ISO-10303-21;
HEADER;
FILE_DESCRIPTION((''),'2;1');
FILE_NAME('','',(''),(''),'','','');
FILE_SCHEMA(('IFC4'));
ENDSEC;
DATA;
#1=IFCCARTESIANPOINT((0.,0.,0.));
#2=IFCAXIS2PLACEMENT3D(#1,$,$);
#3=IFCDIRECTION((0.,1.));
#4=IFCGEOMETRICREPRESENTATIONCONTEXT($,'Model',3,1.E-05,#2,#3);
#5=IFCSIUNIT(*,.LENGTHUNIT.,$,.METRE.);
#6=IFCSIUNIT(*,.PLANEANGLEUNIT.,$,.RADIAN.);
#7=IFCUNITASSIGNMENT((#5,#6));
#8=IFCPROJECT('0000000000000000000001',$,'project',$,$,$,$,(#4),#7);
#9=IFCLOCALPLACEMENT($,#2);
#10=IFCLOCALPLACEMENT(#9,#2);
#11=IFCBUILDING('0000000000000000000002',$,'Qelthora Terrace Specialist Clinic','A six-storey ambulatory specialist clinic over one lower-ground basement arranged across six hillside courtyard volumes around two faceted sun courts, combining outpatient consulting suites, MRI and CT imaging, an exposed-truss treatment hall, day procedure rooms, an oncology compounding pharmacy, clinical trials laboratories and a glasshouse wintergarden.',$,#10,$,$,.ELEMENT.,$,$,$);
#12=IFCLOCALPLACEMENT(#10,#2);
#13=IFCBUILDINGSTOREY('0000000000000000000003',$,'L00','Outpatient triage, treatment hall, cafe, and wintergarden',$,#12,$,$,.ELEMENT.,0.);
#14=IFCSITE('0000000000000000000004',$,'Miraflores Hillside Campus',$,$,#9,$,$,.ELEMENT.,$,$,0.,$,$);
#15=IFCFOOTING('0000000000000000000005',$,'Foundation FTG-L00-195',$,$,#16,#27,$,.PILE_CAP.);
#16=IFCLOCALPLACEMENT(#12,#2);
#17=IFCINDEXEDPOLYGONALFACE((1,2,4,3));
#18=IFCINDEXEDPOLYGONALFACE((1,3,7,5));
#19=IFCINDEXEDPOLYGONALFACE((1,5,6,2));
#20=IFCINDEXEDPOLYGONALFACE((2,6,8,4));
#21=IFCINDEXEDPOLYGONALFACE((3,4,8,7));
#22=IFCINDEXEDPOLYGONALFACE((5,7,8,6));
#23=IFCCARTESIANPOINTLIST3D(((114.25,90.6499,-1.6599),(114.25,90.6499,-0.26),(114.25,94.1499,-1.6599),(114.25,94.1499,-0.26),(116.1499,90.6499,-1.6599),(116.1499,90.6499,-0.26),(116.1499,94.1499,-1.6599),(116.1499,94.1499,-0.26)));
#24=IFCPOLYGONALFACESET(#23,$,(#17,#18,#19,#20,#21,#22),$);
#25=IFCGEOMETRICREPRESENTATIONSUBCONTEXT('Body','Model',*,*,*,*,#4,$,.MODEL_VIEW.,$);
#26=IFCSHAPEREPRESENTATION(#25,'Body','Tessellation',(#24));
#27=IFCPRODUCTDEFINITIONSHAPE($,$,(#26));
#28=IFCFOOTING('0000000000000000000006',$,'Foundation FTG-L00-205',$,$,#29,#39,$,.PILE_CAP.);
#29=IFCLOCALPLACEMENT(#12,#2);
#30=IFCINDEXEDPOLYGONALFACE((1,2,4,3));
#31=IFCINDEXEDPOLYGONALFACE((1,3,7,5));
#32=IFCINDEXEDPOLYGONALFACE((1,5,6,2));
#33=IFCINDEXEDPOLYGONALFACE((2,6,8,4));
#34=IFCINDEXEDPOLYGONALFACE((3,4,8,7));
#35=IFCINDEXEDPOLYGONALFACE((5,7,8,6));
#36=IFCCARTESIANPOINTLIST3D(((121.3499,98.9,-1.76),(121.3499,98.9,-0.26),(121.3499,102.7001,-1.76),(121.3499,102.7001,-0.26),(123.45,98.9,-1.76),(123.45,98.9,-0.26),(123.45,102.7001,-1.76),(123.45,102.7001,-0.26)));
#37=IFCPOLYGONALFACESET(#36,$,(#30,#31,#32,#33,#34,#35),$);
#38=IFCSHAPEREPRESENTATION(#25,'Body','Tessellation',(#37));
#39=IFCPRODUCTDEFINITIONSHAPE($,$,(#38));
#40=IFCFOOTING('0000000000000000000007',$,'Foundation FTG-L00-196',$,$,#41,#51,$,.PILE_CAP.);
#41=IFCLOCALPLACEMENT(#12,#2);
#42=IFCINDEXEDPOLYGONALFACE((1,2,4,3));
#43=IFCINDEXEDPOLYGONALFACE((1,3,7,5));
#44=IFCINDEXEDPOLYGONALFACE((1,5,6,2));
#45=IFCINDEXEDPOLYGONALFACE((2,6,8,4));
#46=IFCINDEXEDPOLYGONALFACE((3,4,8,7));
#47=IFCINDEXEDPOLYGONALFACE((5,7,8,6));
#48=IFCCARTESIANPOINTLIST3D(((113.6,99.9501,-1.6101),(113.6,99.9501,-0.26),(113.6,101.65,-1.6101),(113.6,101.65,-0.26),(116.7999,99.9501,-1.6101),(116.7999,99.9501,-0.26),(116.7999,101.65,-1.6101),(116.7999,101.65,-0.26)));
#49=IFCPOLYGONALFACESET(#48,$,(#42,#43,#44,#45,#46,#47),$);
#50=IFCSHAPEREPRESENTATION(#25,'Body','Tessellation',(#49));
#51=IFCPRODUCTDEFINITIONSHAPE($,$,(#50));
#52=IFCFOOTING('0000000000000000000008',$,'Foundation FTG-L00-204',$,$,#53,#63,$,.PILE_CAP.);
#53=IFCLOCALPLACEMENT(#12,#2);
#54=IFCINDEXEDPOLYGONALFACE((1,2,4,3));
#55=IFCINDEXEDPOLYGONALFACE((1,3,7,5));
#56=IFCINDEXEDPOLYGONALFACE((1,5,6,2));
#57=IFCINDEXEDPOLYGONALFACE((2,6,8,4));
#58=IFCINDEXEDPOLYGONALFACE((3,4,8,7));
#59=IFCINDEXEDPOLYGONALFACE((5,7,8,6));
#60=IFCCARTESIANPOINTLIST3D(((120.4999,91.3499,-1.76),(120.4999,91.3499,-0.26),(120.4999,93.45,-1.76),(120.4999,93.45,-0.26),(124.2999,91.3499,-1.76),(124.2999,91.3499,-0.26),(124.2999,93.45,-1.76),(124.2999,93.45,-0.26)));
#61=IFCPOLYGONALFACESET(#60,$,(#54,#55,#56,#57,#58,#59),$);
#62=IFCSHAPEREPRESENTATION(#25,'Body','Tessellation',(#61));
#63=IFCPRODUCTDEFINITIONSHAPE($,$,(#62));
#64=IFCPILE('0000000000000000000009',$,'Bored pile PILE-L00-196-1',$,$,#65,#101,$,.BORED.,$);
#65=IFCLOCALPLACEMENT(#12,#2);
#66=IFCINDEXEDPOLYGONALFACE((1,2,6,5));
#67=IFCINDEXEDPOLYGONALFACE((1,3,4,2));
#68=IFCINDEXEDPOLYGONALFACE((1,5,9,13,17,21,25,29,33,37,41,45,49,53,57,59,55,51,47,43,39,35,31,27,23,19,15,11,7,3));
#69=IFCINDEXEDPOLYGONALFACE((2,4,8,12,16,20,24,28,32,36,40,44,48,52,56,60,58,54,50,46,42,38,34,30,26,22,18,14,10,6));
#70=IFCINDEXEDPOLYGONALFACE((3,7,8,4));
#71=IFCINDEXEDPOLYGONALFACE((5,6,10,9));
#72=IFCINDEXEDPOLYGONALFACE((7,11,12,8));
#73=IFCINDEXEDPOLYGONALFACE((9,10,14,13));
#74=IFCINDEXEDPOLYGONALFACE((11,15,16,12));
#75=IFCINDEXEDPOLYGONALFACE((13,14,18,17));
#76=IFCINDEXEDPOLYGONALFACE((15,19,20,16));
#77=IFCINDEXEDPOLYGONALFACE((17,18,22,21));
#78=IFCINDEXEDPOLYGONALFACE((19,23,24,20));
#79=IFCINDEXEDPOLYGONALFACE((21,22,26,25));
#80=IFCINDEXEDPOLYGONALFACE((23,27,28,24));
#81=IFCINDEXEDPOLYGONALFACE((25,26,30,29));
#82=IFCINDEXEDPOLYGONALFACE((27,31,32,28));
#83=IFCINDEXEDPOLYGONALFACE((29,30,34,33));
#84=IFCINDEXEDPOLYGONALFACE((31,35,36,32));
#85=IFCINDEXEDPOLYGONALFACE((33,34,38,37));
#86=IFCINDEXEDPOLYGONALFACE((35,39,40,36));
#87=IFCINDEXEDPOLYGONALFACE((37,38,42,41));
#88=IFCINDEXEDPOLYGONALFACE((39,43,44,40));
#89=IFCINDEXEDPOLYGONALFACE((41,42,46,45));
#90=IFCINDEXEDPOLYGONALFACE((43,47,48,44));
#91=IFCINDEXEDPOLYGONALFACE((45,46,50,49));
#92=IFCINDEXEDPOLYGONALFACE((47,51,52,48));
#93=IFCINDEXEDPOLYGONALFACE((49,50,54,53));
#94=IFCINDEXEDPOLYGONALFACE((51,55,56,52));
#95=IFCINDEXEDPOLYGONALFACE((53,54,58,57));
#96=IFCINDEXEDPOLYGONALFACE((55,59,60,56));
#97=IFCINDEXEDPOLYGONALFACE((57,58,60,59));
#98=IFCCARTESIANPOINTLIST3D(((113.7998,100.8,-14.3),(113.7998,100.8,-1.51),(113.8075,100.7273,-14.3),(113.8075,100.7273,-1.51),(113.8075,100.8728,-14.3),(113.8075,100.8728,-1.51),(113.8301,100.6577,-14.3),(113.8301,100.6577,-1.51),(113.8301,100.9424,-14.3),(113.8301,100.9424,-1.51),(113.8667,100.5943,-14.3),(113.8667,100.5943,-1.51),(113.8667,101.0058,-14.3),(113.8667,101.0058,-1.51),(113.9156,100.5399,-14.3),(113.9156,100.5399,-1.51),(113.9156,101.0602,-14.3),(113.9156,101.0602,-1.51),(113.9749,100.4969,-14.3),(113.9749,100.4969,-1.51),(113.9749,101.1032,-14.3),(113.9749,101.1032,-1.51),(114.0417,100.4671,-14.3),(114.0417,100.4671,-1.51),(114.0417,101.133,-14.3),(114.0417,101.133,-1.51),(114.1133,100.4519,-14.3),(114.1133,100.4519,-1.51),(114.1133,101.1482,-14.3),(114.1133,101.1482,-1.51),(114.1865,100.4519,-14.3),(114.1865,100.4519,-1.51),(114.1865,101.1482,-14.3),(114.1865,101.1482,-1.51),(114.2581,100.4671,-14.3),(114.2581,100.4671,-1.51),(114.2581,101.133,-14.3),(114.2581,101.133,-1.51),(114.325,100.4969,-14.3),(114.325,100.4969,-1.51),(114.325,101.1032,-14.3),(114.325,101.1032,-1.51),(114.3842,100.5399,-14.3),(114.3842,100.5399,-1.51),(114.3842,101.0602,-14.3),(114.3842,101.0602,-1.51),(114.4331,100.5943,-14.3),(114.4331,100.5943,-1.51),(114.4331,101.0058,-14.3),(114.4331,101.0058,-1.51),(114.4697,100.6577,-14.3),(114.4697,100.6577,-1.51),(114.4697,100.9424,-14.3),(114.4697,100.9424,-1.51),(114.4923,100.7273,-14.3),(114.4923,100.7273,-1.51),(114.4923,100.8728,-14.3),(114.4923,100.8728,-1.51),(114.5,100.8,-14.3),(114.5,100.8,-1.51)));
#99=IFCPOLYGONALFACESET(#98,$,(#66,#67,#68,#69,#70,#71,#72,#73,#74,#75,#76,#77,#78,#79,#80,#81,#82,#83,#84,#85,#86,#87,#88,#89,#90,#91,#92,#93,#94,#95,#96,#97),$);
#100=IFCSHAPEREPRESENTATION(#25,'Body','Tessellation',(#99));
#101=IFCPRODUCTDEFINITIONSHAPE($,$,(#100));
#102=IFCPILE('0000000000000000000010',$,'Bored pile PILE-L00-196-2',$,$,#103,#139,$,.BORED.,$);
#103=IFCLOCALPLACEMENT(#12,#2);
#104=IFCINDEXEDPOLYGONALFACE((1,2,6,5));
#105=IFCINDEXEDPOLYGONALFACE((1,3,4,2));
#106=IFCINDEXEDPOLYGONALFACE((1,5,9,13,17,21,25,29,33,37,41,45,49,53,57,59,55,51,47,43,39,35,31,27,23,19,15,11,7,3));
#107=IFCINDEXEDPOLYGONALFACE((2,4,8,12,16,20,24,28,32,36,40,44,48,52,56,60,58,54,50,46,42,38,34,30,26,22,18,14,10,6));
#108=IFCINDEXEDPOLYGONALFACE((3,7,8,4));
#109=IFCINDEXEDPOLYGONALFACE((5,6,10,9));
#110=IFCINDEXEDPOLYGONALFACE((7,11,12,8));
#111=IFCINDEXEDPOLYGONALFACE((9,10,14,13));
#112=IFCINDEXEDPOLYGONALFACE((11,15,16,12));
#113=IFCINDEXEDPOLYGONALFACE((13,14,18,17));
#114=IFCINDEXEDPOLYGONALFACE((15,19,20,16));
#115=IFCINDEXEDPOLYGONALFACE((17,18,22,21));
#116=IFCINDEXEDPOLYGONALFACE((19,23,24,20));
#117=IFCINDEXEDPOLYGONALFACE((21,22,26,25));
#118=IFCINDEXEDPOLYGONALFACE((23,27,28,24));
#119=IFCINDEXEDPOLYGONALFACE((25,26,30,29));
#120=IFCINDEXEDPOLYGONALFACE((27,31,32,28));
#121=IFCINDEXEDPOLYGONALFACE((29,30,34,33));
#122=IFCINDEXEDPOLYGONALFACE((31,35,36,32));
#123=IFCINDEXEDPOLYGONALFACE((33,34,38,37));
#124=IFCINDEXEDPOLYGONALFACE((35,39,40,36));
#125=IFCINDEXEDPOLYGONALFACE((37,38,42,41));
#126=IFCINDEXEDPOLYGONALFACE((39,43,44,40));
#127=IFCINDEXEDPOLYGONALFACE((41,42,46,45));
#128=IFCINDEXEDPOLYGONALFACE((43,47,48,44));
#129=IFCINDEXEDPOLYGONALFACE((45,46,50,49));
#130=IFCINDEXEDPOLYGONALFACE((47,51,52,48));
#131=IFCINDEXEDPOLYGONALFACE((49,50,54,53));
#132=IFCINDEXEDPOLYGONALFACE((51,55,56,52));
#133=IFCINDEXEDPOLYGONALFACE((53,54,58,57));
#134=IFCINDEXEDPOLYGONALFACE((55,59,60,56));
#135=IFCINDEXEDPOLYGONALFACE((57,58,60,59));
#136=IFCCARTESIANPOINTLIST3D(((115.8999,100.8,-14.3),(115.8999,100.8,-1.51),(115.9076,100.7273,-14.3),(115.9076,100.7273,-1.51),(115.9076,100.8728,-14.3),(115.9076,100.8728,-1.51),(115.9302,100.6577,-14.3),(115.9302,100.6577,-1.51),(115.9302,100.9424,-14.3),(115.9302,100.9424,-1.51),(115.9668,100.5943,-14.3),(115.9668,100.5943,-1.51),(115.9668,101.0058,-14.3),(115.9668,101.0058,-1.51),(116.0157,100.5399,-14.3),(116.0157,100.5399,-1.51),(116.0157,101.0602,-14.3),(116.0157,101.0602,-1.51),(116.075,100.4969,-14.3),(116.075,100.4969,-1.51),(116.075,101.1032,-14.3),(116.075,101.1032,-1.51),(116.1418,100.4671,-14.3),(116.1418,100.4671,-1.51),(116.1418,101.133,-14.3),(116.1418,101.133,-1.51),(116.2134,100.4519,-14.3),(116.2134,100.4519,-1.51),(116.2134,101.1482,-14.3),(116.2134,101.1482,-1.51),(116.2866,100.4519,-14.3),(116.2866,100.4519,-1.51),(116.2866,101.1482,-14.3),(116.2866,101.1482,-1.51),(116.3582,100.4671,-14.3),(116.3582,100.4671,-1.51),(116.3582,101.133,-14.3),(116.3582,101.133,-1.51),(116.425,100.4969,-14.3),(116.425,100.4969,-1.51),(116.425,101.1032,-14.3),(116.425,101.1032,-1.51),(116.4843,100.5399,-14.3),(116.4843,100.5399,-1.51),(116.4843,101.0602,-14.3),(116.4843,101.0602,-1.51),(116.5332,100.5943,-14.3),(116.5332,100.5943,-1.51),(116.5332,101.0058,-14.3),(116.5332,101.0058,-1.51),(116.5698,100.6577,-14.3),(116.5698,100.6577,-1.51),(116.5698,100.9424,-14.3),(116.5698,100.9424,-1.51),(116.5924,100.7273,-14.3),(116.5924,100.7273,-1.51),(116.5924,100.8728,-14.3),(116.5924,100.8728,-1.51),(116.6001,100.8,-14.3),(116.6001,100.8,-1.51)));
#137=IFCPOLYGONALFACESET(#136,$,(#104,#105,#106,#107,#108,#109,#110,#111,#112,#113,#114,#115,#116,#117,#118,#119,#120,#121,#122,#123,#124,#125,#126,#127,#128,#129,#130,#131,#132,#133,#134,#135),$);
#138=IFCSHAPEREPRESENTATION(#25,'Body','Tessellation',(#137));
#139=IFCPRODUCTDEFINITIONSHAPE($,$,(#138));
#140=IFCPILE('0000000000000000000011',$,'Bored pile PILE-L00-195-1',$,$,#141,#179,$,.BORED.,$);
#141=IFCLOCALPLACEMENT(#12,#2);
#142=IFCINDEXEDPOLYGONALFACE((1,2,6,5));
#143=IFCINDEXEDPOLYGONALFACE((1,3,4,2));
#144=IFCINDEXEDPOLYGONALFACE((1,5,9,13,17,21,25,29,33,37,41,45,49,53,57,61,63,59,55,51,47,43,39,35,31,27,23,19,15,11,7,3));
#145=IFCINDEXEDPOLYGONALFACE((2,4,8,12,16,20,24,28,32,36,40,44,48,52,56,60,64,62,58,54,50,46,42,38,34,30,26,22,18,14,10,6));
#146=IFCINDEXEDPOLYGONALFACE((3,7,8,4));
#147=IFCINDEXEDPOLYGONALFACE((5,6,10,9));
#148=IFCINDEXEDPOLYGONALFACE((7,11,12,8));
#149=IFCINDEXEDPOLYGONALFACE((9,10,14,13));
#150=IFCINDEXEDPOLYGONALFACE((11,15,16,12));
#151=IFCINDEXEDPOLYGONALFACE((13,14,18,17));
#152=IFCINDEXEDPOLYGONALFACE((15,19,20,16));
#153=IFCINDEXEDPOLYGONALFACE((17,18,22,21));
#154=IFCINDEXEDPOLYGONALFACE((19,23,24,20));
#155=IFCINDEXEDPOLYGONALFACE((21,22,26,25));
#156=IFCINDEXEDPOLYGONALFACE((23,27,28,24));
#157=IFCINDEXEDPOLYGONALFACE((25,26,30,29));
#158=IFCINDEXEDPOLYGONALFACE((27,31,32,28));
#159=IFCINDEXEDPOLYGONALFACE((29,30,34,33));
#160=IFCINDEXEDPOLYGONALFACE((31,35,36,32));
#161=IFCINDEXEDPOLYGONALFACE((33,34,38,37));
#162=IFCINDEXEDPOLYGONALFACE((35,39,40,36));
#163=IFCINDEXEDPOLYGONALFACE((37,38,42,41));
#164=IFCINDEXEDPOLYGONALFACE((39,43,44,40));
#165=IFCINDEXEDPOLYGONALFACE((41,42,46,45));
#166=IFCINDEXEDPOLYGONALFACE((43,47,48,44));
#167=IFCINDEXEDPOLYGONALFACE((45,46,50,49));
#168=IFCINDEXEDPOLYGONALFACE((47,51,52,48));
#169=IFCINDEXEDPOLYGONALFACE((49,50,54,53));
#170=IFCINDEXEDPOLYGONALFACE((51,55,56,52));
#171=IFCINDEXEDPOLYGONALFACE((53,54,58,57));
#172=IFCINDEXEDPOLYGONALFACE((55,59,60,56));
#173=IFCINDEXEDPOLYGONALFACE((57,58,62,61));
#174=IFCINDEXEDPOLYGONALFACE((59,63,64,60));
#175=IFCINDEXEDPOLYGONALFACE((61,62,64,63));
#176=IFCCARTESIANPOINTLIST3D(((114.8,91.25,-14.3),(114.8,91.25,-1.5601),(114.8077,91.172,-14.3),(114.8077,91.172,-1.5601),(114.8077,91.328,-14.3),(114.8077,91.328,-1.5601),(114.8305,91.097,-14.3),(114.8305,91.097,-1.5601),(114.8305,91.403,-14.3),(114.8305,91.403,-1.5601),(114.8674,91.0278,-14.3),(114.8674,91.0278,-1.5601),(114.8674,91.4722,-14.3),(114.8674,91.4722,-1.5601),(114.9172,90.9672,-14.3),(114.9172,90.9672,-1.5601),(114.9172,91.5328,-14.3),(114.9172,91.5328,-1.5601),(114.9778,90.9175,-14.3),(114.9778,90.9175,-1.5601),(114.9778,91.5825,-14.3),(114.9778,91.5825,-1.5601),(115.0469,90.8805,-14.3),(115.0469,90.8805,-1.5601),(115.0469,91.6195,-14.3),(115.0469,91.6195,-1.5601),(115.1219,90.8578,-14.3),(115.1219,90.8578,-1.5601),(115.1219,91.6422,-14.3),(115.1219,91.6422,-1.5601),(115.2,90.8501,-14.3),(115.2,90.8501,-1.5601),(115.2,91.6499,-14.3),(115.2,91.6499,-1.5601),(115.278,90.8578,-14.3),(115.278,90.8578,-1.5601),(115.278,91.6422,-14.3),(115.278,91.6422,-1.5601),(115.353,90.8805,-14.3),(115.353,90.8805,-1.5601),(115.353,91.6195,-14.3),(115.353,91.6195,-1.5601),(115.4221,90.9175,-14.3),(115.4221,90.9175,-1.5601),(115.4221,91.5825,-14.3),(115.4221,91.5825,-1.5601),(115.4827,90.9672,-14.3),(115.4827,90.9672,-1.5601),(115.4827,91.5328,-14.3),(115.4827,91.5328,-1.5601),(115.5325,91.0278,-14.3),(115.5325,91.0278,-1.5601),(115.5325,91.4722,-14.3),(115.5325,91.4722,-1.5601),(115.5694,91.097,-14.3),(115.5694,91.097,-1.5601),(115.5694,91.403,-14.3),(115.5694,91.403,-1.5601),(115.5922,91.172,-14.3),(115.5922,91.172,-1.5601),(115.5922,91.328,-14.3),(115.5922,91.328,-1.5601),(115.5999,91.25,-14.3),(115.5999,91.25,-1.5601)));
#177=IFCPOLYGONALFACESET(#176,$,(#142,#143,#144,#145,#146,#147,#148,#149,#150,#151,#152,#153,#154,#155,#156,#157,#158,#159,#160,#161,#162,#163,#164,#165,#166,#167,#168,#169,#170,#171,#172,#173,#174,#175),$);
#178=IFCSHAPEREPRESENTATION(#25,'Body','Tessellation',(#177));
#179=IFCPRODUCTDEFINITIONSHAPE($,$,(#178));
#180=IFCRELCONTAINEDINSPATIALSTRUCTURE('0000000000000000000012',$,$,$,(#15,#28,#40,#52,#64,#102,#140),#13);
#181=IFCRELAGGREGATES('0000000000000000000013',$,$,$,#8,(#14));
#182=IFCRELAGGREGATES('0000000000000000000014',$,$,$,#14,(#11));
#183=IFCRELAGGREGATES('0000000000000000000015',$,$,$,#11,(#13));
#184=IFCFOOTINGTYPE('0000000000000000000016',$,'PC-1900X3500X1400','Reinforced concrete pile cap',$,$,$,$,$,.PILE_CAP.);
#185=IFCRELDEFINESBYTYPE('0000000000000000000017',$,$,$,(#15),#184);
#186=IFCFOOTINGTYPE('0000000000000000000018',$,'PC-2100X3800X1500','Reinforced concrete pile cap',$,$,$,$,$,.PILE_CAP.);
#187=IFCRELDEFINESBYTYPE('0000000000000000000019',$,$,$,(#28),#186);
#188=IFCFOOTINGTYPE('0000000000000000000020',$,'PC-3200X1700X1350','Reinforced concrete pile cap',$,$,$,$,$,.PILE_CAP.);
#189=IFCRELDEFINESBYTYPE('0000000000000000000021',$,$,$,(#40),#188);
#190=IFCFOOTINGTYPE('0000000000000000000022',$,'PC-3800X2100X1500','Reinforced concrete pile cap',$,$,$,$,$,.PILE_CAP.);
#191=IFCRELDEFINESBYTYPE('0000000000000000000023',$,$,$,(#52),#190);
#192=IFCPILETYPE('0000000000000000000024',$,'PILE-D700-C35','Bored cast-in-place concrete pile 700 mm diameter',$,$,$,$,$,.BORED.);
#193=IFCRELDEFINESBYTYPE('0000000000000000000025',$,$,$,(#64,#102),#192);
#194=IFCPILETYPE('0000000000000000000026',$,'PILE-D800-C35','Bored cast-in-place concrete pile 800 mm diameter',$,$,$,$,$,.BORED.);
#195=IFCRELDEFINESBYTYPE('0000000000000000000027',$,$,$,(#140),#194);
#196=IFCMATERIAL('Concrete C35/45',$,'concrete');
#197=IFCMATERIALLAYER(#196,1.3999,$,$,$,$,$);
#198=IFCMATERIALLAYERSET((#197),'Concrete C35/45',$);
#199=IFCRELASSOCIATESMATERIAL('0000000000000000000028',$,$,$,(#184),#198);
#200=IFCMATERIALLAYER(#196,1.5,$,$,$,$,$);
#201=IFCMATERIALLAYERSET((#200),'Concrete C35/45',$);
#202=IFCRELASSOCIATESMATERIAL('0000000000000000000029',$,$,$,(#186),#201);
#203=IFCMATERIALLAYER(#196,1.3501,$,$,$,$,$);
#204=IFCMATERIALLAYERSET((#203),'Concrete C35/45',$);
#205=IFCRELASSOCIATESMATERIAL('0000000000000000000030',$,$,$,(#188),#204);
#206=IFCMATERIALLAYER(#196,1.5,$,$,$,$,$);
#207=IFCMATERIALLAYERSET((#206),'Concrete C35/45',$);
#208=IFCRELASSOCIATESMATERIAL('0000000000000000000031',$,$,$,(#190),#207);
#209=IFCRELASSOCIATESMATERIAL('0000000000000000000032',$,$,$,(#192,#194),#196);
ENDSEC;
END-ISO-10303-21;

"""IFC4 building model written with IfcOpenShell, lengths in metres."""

from ifc_helpers import new_model, si_unit, direction, frame, origin, origin_2d, place, context, subcontext, project, spatial, rectangle, circle, extrude, material, layer, layer_set, material_profile, profile_set, type_object, element, save


model = new_model("IFC4")

# Units and contexts
model_context = context("Model", 3, precision=1e-05, world=origin(), true_north=direction((0.0, 1.0)))
body_context = subcontext(model_context, "Body", "Model", "MODEL_VIEW")
ifc_project = project(units=[si_unit("LENGTHUNIT", "METRE"), si_unit("PLANEANGLEUNIT", "RADIAN")], contexts=[model_context])

# Site, building, storey
site_placement = place(None, origin())
site = spatial("IfcSite", under=ifc_project, at=site_placement, Name="Miraflores Hillside Campus", CompositionType="ELEMENT", RefElevation=0.0)
building_placement = place(site_placement, origin())
building = spatial("IfcBuilding", under=site, at=building_placement, Name="Qelthora Terrace Specialist Clinic", Description="A six-storey ambulatory specialist clinic over one lower-ground basement arranged across six hillside courtyard volumes around two faceted sun courts, combining outpatient consulting suites, MRI and CT imaging, an exposed-truss treatment hall, day procedure rooms, an oncology compounding pharmacy, clinical trials laboratories and a glasshouse wintergarden.", CompositionType="ELEMENT")
storey_placement = place(building_placement, origin())
storey = spatial("IfcBuildingStorey", under=building, at=storey_placement, Name="L00", Description="Outpatient triage, treatment hall, cafe, and wintergarden", CompositionType="ELEMENT", Elevation=0.0)

# Footings
ifc_material_1 = material(Name="Concrete C35/45", Category="concrete")
ifc_layer_1 = layer(ifc_material_1, 1.3999)
ifc_layer_set_1 = layer_set([ifc_layer_1], Name="Concrete C35/45")
footing_type_1 = type_object("IfcFootingType", Name="PC-1900X3500X1400", Description="Reinforced concrete pile cap", PredefinedType="PILE_CAP", material=ifc_layer_set_1)
footing_1_placement = place(storey_placement, frame((115.2, 92.3999, -1.6599), z_axis=(0.0, 0.0, 1.0), x_axis=(1.0, 0.0, 0.0)))
element("IfcFooting", 1, at=footing_1_placement, inside=storey, type_object=footing_type_1, Name="Foundation FTG-L00-195", PredefinedType="PILE_CAP", context=body_context, shape_type="SweptSolid", body=[
    extrude(rectangle(XDim=1.8999, YDim=3.5, at=origin_2d()), origin(), (0.0, 0.0, 1.0), 1.3999),
])
ifc_layer_2 = layer(ifc_material_1, 1.5)
ifc_layer_set_2 = layer_set([ifc_layer_2], Name="Concrete C35/45")
footing_type_2 = type_object("IfcFootingType", Name="PC-2100X3800X1500", Description="Reinforced concrete pile cap", PredefinedType="PILE_CAP", material=ifc_layer_set_2)
footing_2_placement = place(storey_placement, frame((122.3999, 100.8, -1.76), z_axis=(0.0, 0.0, 1.0), x_axis=(1.0, 0.0, 0.0)))
element("IfcFooting", 2, at=footing_2_placement, inside=storey, type_object=footing_type_2, Name="Foundation FTG-L00-205", PredefinedType="PILE_CAP", context=body_context, shape_type="SweptSolid", body=[
    extrude(rectangle(XDim=2.1001, YDim=3.8, at=origin_2d()), origin(), (0.0, 0.0, 1.0), 1.5),
])
ifc_layer_3 = layer(ifc_material_1, 1.3501)
ifc_layer_set_3 = layer_set([ifc_layer_3], Name="Concrete C35/45")
footing_type_3 = type_object("IfcFootingType", Name="PC-3200X1700X1350", Description="Reinforced concrete pile cap", PredefinedType="PILE_CAP", material=ifc_layer_set_3)
footing_3_placement = place(storey_placement, frame((115.2, 100.8, -1.6101), z_axis=(0.0, 0.0, 1.0), x_axis=(1.0, 0.0, 0.0)))
element("IfcFooting", 3, at=footing_3_placement, inside=storey, type_object=footing_type_3, Name="Foundation FTG-L00-196", PredefinedType="PILE_CAP", context=body_context, shape_type="SweptSolid", body=[
    extrude(rectangle(XDim=3.2, YDim=1.7, at=origin_2d()), origin(), (0.0, 0.0, 1.0), 1.3501),
])
ifc_layer_4 = layer(ifc_material_1, 1.5)
ifc_layer_set_4 = layer_set([ifc_layer_4], Name="Concrete C35/45")
footing_type_4 = type_object("IfcFootingType", Name="PC-3800X2100X1500", Description="Reinforced concrete pile cap", PredefinedType="PILE_CAP", material=ifc_layer_set_4)
footing_4_placement = place(storey_placement, frame((122.3999, 92.3999, -1.76), z_axis=(0.0, 0.0, 1.0), x_axis=(1.0, 0.0, 0.0)))
element("IfcFooting", 4, at=footing_4_placement, inside=storey, type_object=footing_type_4, Name="Foundation FTG-L00-204", PredefinedType="PILE_CAP", context=body_context, shape_type="SweptSolid", body=[
    extrude(rectangle(XDim=3.8, YDim=2.1001, at=origin_2d()), origin(), (0.0, 0.0, 1.0), 1.5),
])

# Piles
ifc_material_profile_1 = material_profile(ifc_material_1, circle(Radius=0.3501, at=origin_2d()), Name="PILE700")
ifc_profile_set_1 = profile_set([ifc_material_profile_1], Name="Concrete C35/45")
pile_type_1 = type_object("IfcPileType", Name="PILE-D700-C35", Description="Bored cast-in-place concrete pile 700 mm diameter", PredefinedType="BORED", material=ifc_profile_set_1)
for number, where, z_axis, x_axis, name in (
    (5, (114.1499, 100.8, -1.51), (0.0, 0.0, -1.0), (1.0, 0.0, 0.0), "Bored pile PILE-L00-196-1"),
    (6, (116.25, 100.8, -1.51), (0.0, 0.0, -1.0), (1.0, 0.0, 0.0), "Bored pile PILE-L00-196-2"),
):
    element("IfcPile", number, at=place(storey_placement, frame(where, z_axis=z_axis, x_axis=x_axis)), inside=storey, type_object=pile_type_1, Name=name, PredefinedType="BORED", context=body_context, shape_type="SweptSolid", body=[
        extrude(circle(Radius=0.3501, at=origin_2d()), origin(), (0.0, 0.0, 1.0), 12.79),
    ])
ifc_material_profile_2 = material_profile(ifc_material_1, circle(Radius=0.3999, at=origin_2d()), Name="PILE800")
ifc_profile_set_2 = profile_set([ifc_material_profile_2], Name="Concrete C35/45")
pile_type_2 = type_object("IfcPileType", Name="PILE-D800-C35", Description="Bored cast-in-place concrete pile 800 mm diameter", PredefinedType="BORED", material=ifc_profile_set_2)
for number, where, z_axis, x_axis, name in (
    (7, (115.2, 91.25, -1.5601), (0.0, 0.0, -1.0), (1.0, 0.0, 0.0), "Bored pile PILE-L00-195-1"),
):
    element("IfcPile", number, at=place(storey_placement, frame(where, z_axis=z_axis, x_axis=x_axis)), inside=storey, type_object=pile_type_2, Name=name, PredefinedType="BORED", context=body_context, shape_type="SweptSolid", body=[
        extrude(circle(Radius=0.3999, at=origin_2d()), origin(), (0.0, 0.0, 1.0), 12.74),
    ])

save(model, "model.ifc")
